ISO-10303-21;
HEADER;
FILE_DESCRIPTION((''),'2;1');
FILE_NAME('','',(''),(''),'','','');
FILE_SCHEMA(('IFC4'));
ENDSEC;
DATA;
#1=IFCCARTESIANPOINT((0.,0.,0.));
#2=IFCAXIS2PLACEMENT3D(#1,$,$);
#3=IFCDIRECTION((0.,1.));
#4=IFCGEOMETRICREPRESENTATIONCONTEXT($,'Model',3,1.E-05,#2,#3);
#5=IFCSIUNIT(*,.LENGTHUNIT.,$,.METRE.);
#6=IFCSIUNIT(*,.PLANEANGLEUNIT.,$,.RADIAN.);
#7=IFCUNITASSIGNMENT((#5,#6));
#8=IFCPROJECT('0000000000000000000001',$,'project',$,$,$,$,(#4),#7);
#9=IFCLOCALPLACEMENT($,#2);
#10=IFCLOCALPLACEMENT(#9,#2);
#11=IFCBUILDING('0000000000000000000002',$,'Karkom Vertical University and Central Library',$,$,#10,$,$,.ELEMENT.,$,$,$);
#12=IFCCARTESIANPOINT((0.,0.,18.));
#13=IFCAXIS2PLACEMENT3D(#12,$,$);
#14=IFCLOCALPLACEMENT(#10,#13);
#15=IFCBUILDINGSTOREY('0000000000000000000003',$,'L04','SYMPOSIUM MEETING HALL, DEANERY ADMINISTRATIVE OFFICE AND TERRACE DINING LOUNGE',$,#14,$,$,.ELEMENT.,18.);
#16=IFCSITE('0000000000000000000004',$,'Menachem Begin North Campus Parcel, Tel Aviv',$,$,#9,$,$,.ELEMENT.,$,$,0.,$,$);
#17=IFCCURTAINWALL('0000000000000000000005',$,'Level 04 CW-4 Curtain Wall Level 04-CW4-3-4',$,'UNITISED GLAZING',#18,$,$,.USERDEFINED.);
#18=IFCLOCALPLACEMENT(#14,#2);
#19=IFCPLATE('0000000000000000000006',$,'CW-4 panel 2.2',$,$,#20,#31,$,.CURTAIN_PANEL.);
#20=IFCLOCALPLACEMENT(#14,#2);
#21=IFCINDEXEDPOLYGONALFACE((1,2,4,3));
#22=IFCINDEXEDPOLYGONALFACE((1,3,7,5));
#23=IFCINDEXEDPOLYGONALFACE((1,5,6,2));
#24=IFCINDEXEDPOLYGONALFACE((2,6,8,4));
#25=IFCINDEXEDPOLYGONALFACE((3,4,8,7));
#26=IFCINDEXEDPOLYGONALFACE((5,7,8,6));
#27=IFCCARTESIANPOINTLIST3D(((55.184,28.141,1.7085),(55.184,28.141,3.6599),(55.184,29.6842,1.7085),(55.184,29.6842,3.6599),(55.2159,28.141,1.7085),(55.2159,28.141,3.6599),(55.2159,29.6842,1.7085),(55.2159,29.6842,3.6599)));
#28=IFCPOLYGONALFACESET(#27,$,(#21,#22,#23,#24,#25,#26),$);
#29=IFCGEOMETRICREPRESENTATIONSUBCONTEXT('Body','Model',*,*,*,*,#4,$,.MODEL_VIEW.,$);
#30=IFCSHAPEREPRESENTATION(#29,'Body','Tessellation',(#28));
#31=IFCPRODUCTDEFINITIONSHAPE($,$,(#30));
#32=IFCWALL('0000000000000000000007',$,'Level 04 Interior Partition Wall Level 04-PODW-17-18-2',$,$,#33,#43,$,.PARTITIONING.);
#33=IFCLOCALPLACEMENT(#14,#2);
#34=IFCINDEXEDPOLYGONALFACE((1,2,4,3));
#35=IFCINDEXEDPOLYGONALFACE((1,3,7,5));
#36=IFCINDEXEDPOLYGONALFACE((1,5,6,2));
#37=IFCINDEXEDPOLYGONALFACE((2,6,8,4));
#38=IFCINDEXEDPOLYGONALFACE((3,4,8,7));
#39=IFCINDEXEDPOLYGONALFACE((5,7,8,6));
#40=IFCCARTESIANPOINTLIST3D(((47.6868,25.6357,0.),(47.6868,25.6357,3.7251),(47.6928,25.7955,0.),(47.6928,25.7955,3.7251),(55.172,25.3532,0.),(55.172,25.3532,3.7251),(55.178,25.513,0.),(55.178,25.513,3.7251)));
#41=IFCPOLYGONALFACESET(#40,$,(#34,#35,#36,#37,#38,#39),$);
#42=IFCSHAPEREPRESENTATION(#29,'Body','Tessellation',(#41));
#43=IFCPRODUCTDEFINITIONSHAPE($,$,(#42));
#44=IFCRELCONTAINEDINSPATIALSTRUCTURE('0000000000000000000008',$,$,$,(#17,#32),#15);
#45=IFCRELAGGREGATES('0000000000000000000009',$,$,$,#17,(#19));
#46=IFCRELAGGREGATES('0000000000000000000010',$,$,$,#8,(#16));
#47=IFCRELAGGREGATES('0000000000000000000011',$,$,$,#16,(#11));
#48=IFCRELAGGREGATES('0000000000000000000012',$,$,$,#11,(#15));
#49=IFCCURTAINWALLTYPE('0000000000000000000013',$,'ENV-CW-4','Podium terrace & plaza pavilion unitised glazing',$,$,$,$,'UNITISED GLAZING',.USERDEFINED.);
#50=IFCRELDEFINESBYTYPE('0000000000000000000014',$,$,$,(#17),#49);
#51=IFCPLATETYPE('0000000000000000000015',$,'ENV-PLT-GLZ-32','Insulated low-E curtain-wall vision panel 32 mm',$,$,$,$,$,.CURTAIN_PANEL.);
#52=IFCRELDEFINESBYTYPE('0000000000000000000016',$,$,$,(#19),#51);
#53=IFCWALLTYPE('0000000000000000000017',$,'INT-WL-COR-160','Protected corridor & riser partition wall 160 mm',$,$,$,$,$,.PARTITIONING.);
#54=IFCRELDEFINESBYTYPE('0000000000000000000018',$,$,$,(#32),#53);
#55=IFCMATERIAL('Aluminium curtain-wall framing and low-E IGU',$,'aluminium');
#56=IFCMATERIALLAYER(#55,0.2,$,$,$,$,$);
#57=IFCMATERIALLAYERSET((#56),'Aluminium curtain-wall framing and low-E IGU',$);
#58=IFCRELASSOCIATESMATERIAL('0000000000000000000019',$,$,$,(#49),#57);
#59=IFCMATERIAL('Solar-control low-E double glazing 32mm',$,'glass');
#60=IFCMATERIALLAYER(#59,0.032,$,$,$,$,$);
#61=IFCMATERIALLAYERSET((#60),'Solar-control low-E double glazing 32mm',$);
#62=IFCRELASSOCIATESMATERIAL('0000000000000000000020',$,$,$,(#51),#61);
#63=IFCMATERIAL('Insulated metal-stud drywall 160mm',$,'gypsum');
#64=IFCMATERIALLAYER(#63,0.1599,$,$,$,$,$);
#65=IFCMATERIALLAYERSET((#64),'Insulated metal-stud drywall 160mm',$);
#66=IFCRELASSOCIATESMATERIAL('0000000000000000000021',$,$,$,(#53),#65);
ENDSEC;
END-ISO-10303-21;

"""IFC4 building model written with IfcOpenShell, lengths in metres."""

from ifc_helpers import new_model, si_unit, direction, frame, frame_2d, origin, origin_with_axes, origin_2d, place, context, subcontext, project, spatial, rectangle, extrude, source, transform, mapped, material, layer, layer_set, type_object, element, aggregate, save


model = new_model("IFC4")

# Units and contexts
model_context = context("Model", 3, precision=1e-05, world=origin(), true_north=direction((0.0, 1.0)))
body_context = subcontext(model_context, "Body", "Model", "MODEL_VIEW")
ifc_project = project(units=[si_unit("LENGTHUNIT", "METRE"), si_unit("PLANEANGLEUNIT", "RADIAN")], contexts=[model_context])

# Site, building, storey
site_placement = place(None, origin())
site = spatial("IfcSite", under=ifc_project, at=site_placement, Name="Menachem Begin North Campus Parcel, Tel Aviv", CompositionType="ELEMENT", RefElevation=0.0)
building_placement = place(site_placement, origin())
building = spatial("IfcBuilding", under=site, at=building_placement, Name="Karkom Vertical University and Central Library", CompositionType="ELEMENT")
storey_placement = place(building_placement, frame((0.0, 0.0, 18.0)))
storey = spatial("IfcBuildingStorey", under=building, at=storey_placement, Name="L04", Description="SYMPOSIUM MEETING HALL, DEANERY ADMINISTRATIVE OFFICE AND TERRACE DINING LOUNGE", CompositionType="ELEMENT", Elevation=18.0)

# Curtain wall
ifc_material_1 = material(Name="Aluminium curtain-wall framing and low-E IGU", Category="aluminium")
ifc_layer_1 = layer(ifc_material_1, 0.2)
ifc_layer_set_1 = layer_set([ifc_layer_1], Name="Aluminium curtain-wall framing and low-E IGU")
curtain_wall_type = type_object("IfcCurtainWallType", Name="ENV-CW-4", Description="Podium terrace & plaza pavilion unitised glazing", ElementType="UNITISED GLAZING", PredefinedType="USERDEFINED", material=ifc_layer_set_1)
curtain_wall_1_placement = place(storey_placement, origin())
curtain_wall_1 = element("IfcCurtainWall", 1, at=curtain_wall_1_placement, inside=storey, type_object=curtain_wall_type, Name="Level 04 CW-4 Curtain Wall Level 04-CW4-3-4", ObjectType="UNITISED GLAZING", PredefinedType="USERDEFINED")

# Plate
ifc_material_2 = material(Name="Solar-control low-E double glazing 32mm", Category="glass")
ifc_layer_2 = layer(ifc_material_2, 0.032)
ifc_layer_set_2 = layer_set([ifc_layer_2], Name="Solar-control low-E double glazing 32mm")
plate_type = type_object("IfcPlateType", Name="ENV-PLT-GLZ-32", Description="Insulated low-E curtain-wall vision panel 32 mm", PredefinedType="CURTAIN_PANEL", material=ifc_layer_set_2)
shared_shape_1 = source(origin_with_axes(), body_context, "Body", "SweptSolid", [
    extrude(rectangle(XDim=1.5432, YDim=0.032, at=origin_2d()), origin(), (0.0, 0.0, 1.0), 1.9514),
])
plate_1_placement = place(storey_placement, frame((55.2, 28.9126, 1.7085), z_axis=(0.0, 0.0, 1.0), x_axis=(0.0, 1.0, 0.0)))
plate_1 = element("IfcPlate", 2, at=plate_1_placement, type_object=plate_type, Name="CW-4 panel 2.2", PredefinedType="CURTAIN_PANEL", context=body_context, shape_type="MappedRepresentation", body=[
    mapped(shared_shape_1, transform((0.0, 0.0, 0.0), scale=1.0)),
])
aggregate(curtain_wall_1, [plate_1])

# Wall
ifc_material_3 = material(Name="Insulated metal-stud drywall 160mm", Category="gypsum")
ifc_layer_3 = layer(ifc_material_3, 0.1599)
ifc_layer_set_3 = layer_set([ifc_layer_3], Name="Insulated metal-stud drywall 160mm")
wall_type = type_object("IfcWallType", Name="INT-WL-COR-160", Description="Protected corridor & riser partition wall 160 mm", PredefinedType="PARTITIONING", material=ifc_layer_set_3)
wall_placement = place(storey_placement, frame((47.6899, 25.7156, 0.0), z_axis=(0.0, 0.0, 1.0), x_axis=(0.999289, -0.037711, 0.0)))
element("IfcWall", 3, at=wall_placement, inside=storey, type_object=wall_type, Name="Level 04 Interior Partition Wall Level 04-PODW-17-18-2", PredefinedType="PARTITIONING", context=body_context, shape_type="SweptSolid", body=[
    extrude(rectangle(XDim=7.4905, YDim=0.1599, at=frame_2d((3.7451, 0.0))), origin(), (0.0, 0.0, 1.0), 3.7251),
])

save(model, "model.ifc")
